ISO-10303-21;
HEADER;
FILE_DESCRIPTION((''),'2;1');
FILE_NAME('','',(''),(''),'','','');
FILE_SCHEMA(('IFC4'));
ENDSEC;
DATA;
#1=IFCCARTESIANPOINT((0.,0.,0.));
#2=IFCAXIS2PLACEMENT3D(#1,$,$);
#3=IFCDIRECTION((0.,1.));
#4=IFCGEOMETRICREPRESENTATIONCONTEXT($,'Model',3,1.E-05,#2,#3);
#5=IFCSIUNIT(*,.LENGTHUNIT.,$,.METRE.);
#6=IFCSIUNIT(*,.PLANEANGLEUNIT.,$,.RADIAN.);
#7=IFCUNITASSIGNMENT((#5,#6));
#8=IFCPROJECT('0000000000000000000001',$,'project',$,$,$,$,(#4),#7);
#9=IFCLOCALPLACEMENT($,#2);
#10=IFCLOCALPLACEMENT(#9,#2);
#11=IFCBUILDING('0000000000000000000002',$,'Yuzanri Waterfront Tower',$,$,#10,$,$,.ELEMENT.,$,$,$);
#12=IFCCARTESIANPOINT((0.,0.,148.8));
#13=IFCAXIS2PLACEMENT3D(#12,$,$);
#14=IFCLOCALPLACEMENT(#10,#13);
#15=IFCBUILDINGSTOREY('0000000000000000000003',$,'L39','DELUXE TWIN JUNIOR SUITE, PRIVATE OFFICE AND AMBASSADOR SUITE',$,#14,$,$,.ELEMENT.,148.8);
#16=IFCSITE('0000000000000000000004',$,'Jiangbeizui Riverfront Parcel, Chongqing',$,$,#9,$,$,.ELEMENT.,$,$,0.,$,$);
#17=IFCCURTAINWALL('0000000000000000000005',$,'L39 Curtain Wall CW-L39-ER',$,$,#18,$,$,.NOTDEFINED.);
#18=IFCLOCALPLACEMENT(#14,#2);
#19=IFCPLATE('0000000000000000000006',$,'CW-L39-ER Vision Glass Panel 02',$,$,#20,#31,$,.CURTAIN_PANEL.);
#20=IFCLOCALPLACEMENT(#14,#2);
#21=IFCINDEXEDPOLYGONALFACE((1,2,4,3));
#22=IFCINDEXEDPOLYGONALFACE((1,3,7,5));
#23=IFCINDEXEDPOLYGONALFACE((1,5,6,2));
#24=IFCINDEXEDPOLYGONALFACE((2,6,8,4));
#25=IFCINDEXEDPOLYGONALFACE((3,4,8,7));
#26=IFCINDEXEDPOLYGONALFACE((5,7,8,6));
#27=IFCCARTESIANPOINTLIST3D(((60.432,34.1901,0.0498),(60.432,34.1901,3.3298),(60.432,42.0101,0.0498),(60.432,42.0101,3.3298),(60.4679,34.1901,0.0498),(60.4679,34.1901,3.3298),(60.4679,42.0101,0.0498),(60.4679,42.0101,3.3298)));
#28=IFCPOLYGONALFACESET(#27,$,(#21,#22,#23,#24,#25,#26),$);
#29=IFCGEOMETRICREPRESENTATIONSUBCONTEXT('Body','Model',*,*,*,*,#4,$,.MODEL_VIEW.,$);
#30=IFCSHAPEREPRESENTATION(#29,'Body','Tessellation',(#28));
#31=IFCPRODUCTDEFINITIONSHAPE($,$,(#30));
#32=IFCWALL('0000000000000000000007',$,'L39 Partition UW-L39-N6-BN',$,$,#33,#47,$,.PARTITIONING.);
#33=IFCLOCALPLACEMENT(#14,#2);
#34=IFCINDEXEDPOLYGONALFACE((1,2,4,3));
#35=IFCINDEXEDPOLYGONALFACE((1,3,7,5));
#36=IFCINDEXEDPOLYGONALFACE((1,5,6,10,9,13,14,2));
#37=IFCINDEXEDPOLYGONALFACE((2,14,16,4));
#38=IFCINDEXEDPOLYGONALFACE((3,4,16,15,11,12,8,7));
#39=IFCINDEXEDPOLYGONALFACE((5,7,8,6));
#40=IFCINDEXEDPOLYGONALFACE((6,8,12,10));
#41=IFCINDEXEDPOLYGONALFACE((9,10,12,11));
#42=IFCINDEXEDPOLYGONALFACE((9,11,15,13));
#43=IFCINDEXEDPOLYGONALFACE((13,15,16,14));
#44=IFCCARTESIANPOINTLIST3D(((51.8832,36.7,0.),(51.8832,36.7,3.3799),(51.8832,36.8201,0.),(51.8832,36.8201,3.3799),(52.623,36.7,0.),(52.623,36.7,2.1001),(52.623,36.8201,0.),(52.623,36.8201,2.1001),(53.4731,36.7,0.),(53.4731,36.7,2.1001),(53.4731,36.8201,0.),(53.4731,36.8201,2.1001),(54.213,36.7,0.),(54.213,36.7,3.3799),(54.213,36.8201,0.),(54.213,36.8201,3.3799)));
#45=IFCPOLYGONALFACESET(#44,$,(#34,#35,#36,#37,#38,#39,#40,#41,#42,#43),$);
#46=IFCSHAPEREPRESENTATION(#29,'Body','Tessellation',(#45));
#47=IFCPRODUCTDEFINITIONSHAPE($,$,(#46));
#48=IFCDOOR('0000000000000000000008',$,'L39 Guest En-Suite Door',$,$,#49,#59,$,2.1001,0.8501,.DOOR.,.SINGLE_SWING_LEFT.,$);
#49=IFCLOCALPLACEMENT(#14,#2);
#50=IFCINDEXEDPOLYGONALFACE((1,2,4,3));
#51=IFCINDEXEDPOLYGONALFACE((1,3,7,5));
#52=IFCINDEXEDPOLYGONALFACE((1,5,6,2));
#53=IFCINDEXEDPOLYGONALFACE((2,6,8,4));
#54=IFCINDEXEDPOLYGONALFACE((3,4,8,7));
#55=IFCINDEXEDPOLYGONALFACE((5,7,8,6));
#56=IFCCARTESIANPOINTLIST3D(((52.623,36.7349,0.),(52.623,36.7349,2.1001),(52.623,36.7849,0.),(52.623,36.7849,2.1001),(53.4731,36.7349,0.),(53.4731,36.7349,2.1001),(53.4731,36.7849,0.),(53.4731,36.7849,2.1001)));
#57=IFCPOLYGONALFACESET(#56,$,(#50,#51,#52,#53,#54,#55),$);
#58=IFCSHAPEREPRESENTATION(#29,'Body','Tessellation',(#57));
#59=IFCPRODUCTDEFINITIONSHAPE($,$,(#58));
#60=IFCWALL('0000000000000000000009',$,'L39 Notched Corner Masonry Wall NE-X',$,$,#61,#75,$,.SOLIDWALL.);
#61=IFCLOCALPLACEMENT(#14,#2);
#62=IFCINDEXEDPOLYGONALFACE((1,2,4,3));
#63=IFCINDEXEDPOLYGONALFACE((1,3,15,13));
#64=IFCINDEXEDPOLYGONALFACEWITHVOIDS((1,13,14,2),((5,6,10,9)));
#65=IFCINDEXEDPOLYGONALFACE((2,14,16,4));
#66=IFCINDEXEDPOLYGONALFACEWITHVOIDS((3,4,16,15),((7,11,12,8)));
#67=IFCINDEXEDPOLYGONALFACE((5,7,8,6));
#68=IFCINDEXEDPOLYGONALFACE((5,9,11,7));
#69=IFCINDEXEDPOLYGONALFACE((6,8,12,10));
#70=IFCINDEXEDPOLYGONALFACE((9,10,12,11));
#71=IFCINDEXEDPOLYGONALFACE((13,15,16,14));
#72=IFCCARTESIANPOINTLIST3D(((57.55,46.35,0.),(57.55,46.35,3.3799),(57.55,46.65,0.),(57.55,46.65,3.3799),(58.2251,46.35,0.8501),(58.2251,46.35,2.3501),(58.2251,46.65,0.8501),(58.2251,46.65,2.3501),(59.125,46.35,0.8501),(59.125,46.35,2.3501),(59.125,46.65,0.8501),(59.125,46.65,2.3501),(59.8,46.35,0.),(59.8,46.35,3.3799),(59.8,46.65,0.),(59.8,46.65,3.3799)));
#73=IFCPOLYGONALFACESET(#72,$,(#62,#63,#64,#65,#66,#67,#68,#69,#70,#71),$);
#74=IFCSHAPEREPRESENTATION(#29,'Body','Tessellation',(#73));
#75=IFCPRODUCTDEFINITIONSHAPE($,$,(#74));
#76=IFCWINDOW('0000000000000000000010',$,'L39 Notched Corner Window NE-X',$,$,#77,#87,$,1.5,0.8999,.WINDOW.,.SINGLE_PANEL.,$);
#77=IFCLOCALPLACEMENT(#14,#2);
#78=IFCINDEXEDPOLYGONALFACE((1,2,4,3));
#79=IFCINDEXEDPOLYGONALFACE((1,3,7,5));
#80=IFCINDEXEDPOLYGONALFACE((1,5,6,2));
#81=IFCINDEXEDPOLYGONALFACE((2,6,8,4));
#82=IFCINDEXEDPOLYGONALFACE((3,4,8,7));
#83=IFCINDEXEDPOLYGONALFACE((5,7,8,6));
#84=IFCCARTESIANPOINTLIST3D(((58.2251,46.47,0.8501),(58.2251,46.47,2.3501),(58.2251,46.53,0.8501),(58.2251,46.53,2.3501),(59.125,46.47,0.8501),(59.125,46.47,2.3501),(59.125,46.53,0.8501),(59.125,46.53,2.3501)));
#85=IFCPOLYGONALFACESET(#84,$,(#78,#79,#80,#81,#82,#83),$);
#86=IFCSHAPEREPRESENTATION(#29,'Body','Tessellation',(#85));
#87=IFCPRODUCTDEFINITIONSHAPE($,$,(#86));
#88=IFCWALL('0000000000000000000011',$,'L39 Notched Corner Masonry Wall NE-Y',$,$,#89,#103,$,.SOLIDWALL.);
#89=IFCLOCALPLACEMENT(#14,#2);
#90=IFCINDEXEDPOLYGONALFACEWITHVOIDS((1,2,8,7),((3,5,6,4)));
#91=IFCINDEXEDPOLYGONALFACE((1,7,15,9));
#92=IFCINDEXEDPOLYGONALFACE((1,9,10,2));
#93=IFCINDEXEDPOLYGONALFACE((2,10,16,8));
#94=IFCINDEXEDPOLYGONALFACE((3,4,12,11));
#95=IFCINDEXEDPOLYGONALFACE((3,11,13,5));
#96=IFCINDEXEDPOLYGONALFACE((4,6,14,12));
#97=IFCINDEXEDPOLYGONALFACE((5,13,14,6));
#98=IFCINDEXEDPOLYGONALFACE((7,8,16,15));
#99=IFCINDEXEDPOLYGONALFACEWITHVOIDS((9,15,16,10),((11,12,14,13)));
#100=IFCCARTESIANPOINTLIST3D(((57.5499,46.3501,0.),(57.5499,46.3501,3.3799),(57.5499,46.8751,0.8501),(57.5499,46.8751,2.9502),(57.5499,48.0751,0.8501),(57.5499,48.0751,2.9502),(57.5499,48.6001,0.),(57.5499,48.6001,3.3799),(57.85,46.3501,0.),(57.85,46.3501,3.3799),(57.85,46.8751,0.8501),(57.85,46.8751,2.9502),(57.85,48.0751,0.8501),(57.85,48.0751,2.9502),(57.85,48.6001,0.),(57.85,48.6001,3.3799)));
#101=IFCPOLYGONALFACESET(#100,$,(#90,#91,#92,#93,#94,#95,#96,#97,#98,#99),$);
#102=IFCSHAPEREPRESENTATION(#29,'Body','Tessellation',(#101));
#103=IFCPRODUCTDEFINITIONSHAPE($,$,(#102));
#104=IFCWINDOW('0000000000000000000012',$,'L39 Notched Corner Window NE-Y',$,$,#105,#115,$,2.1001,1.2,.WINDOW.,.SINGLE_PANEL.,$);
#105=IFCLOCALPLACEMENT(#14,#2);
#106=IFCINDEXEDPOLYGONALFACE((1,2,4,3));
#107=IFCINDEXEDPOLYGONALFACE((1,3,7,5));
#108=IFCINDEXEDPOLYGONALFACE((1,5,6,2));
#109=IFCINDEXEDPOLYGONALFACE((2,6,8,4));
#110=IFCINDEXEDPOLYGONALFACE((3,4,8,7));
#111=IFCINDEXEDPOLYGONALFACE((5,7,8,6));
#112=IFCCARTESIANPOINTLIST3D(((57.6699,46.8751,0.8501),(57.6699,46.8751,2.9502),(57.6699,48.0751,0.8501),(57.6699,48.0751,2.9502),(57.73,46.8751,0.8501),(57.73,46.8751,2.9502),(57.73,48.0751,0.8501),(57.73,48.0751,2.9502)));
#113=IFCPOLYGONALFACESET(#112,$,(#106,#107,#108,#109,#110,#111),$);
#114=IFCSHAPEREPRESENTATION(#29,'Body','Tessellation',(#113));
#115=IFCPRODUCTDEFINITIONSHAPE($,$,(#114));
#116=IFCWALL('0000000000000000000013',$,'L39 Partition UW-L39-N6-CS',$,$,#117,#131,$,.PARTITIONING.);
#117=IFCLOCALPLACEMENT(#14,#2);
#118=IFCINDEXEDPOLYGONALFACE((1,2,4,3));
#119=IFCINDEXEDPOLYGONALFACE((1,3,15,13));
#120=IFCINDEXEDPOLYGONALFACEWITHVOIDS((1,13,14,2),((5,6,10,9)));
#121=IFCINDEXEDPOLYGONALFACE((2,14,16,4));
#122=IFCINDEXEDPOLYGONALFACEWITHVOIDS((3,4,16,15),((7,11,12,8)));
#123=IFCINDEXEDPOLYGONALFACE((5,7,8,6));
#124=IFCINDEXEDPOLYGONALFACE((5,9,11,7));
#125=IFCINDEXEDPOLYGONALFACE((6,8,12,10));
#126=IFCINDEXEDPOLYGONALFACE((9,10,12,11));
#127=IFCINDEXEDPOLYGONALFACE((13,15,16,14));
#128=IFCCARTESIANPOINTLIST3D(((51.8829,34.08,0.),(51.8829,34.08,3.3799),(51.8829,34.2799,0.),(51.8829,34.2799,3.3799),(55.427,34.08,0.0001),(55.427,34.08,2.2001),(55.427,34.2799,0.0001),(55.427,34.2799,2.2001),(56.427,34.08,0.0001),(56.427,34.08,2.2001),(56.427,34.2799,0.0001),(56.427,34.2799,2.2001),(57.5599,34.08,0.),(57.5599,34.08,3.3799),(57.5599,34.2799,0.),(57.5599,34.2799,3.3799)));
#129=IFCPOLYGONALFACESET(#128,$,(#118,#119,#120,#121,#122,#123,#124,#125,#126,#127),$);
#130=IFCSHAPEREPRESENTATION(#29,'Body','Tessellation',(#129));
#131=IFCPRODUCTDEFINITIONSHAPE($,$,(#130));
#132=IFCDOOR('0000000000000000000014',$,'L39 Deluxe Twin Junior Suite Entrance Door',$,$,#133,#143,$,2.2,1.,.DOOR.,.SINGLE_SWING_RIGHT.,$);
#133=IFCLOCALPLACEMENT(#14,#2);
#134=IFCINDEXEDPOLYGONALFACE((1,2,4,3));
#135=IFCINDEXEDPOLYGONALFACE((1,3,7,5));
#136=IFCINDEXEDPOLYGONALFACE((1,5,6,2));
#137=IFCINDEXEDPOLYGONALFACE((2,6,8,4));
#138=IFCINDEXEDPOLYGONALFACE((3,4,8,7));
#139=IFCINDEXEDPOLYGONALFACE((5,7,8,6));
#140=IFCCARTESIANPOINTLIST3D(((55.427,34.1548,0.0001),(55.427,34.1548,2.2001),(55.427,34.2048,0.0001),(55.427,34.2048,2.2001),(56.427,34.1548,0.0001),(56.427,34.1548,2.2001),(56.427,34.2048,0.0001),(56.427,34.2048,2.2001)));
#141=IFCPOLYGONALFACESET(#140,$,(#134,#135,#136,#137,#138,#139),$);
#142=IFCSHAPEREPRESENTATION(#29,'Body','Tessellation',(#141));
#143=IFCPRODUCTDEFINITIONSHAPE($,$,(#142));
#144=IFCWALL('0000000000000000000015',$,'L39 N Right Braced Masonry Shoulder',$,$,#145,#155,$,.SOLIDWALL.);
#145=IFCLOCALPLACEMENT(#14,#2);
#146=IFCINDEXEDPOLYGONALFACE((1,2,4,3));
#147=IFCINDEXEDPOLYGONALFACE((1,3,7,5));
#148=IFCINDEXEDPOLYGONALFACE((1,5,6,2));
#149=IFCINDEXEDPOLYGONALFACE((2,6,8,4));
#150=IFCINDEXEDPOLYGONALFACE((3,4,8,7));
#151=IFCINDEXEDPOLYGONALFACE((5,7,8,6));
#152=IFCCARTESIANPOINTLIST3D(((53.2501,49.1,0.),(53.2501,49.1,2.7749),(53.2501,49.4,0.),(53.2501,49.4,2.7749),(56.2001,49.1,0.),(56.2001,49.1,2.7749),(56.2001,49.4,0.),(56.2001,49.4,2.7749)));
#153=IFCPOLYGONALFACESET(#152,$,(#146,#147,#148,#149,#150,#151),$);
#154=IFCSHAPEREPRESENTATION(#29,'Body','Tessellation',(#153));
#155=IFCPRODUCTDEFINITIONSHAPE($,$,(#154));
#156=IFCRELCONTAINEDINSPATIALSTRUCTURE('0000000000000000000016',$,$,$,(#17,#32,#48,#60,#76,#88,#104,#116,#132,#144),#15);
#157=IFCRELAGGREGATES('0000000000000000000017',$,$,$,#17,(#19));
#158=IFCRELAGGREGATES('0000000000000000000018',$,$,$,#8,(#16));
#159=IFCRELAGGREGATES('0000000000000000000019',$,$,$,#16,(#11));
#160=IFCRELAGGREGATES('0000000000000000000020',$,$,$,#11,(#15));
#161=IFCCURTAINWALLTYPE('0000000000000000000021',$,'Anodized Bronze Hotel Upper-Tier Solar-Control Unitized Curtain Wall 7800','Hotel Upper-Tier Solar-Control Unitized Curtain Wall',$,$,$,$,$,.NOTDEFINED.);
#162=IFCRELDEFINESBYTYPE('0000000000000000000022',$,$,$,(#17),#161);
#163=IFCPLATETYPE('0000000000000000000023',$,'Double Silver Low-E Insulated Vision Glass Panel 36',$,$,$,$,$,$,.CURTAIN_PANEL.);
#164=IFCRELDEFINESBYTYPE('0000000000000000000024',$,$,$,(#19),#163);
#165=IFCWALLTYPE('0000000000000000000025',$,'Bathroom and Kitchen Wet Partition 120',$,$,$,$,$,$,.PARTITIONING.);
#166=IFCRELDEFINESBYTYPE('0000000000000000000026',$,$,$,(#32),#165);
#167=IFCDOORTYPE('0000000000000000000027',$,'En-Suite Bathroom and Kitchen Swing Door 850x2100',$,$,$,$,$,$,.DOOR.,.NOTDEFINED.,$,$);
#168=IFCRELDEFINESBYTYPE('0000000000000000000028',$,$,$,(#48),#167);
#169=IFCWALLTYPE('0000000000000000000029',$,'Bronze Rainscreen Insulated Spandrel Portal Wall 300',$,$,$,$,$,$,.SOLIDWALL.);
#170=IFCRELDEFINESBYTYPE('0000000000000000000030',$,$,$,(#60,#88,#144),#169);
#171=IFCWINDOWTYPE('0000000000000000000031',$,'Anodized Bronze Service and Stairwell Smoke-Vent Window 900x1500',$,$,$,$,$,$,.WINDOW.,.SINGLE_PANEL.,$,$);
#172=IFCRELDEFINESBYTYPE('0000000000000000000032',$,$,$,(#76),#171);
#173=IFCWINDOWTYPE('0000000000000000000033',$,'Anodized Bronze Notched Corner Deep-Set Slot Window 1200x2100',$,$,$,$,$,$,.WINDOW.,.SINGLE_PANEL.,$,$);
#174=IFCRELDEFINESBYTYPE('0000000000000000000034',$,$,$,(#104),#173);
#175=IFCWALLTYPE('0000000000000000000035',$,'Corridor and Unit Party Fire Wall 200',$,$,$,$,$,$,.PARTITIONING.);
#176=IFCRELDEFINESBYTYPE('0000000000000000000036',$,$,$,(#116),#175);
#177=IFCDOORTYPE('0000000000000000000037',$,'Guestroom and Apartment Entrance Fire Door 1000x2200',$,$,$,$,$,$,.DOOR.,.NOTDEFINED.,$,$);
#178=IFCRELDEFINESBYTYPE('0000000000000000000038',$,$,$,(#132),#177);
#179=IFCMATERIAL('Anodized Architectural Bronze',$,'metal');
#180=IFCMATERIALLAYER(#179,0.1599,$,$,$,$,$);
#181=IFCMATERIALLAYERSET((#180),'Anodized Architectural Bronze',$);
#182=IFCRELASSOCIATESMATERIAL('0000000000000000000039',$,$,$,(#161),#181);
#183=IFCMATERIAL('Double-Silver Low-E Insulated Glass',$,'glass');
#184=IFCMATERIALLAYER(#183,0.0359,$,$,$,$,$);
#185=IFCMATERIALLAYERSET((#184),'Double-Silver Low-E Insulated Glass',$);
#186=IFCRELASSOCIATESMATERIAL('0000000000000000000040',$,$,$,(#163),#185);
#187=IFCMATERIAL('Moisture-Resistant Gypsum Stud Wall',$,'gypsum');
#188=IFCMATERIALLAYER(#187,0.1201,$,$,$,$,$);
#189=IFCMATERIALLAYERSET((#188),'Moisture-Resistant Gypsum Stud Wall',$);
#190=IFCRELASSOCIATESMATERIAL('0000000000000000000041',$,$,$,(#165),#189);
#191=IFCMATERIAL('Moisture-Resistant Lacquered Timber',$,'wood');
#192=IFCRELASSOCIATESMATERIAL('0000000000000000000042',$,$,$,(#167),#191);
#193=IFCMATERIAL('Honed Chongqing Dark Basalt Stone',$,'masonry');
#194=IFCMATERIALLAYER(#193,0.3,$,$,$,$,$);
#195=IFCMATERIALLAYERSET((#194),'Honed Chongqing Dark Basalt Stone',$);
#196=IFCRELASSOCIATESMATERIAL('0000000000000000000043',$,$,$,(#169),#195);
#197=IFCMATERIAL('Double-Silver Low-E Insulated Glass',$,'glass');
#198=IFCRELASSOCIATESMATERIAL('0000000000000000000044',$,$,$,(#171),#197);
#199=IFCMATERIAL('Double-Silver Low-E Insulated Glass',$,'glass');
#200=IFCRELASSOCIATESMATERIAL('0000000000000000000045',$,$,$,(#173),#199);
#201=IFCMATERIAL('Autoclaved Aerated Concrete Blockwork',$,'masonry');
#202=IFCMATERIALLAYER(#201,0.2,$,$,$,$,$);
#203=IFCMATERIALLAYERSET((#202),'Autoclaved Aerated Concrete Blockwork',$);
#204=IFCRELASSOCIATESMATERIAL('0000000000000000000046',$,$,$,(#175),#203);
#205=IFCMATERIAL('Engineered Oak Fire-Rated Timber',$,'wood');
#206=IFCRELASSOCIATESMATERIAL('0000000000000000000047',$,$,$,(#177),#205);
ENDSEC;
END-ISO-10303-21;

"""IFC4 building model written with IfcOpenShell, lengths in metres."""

from ifc_helpers import new_model, si_unit, direction, frame, frame_2d, origin, origin_2d, place, context, subcontext, project, spatial, rectangle, extrude, source, transform, mapped, material, layer, layer_set, type_object, element, fill, aggregate, save


model = new_model("IFC4")

# Units and contexts
model_context = context("Model", 3, precision=1e-05, world=origin(), true_north=direction((0.0, 1.0)))
body_context = subcontext(model_context, "Body", "Model", "MODEL_VIEW")
ifc_project = project(units=[si_unit("LENGTHUNIT", "METRE"), si_unit("PLANEANGLEUNIT", "RADIAN")], contexts=[model_context])

# Site, building, storey
site_placement = place(None, origin())
site = spatial("IfcSite", under=ifc_project, at=site_placement, Name="Jiangbeizui Riverfront Parcel, Chongqing", CompositionType="ELEMENT", RefElevation=0.0)
building_placement = place(site_placement, origin())
building = spatial("IfcBuilding", under=site, at=building_placement, Name="Yuzanri Waterfront Tower", CompositionType="ELEMENT")
storey_placement = place(building_placement, frame((0.0, 0.0, 148.8)))
storey = spatial("IfcBuildingStorey", under=building, at=storey_placement, Name="L39", Description="DELUXE TWIN JUNIOR SUITE, PRIVATE OFFICE AND AMBASSADOR SUITE", CompositionType="ELEMENT", Elevation=148.8)

# Curtain wall
ifc_material_1 = material(Name="Anodized Architectural Bronze", Category="metal")
ifc_layer_1 = layer(ifc_material_1, 0.1599)
ifc_layer_set_1 = layer_set([ifc_layer_1], Name="Anodized Architectural Bronze")
curtain_wall_type = type_object("IfcCurtainWallType", Name="Anodized Bronze Hotel Upper-Tier Solar-Control Unitized Curtain Wall 7800", Description="Hotel Upper-Tier Solar-Control Unitized Curtain Wall", PredefinedType="NOTDEFINED", material=ifc_layer_set_1)
curtain_wall_1_placement = place(storey_placement, origin())
curtain_wall_1 = element("IfcCurtainWall", 1, at=curtain_wall_1_placement, inside=storey, type_object=curtain_wall_type, Name="L39 Curtain Wall CW-L39-ER", PredefinedType="NOTDEFINED")

# Plate
ifc_material_2 = material(Name="Double-Silver Low-E Insulated Glass", Category="glass")
ifc_layer_2 = layer(ifc_material_2, 0.0359)
ifc_layer_set_2 = layer_set([ifc_layer_2], Name="Double-Silver Low-E Insulated Glass")
plate_type_1 = type_object("IfcPlateType", Name="Double Silver Low-E Insulated Vision Glass Panel 36", PredefinedType="CURTAIN_PANEL", material=ifc_layer_set_2)
shared_shape_1 = source(origin(), body_context, "Body", "SweptSolid", [
    extrude(rectangle(XDim=7.8201, YDim=0.0359, at=origin_2d()), origin(), (0.0, 0.0, 1.0), 3.28),
])
plate_placement = place(storey_placement, frame((60.45, 38.1001, 0.0498), z_axis=(0.0, 0.0, 1.0), x_axis=(0.0, 1.0, 0.0)))
plate = element("IfcPlate", 2, at=plate_placement, type_object=plate_type_1, Name="CW-L39-ER Vision Glass Panel 02", PredefinedType="CURTAIN_PANEL", context=body_context, shape_type="MappedRepresentation", body=[
    mapped(shared_shape_1, transform((0.0, 0.0, 0.0), scale=1.0)),
])
aggregate(curtain_wall_1, [plate])

# Wall, opening, door
ifc_material_3 = material(Name="Moisture-Resistant Gypsum Stud Wall", Category="gypsum")
ifc_layer_3 = layer(ifc_material_3, 0.1201)
ifc_layer_set_3 = layer_set([ifc_layer_3], Name="Moisture-Resistant Gypsum Stud Wall")
wall_type_1 = type_object("IfcWallType", Name="Bathroom and Kitchen Wet Partition 120", PredefinedType="PARTITIONING", material=ifc_layer_set_3)
wall_1_placement = place(storey_placement, frame((51.8831, 36.76, 0.0), z_axis=(0.0, 0.0, 1.0), x_axis=(1.0, 0.0, 0.0)))
wall_1 = element("IfcWall", 3, at=wall_1_placement, inside=storey, type_object=wall_type_1, Name="L39 Partition UW-L39-N6-BN", PredefinedType="PARTITIONING", context=body_context, shape_type="SweptSolid", body=[
    extrude(rectangle(XDim=2.3298, YDim=0.1201, at=frame_2d((1.165, 0.0))), origin(), (0.0, 0.0, 1.0), 3.3799),
])
opening_1_placement = place(wall_1_placement, frame((0.74, 0.0, 0.0)))
opening_1 = element("IfcOpeningElement", 4, at=opening_1_placement, cuts=wall_1, PredefinedType="OPENING", context=body_context, shape_type="SweptSolid", body=[
    extrude(rectangle(XDim=0.8501, YDim=2.1001, at=frame_2d((0.425, 1.05))), frame((0.0, 0.075, 0.0), z_axis=(0.0, -1.0, 0.0), x_axis=(1.0, 0.0, 0.0)), (0.0, 0.0, 1.0), 0.1499),
])
ifc_material_4 = material(Name="Moisture-Resistant Lacquered Timber", Category="wood")
door_type_1 = type_object("IfcDoorType", Name="En-Suite Bathroom and Kitchen Swing Door 850x2100", OperationType="NOTDEFINED", PredefinedType="DOOR", material=ifc_material_4)
shared_shape_2 = source(origin(), body_context, "Body", "SweptSolid", [
    extrude(rectangle(XDim=0.8501, YDim=2.1001, at=frame_2d((0.425, 1.05))), frame((0.0, 0.0249, 0.0), z_axis=(0.0, -1.0, 0.0), x_axis=(1.0, 0.0, 0.0)), (0.0, 0.0, 1.0), 0.05),
])
door_1_placement = place(opening_1_placement, origin())
door_1 = element("IfcDoor", 5, at=door_1_placement, inside=storey, type_object=door_type_1, Name="L39 Guest En-Suite Door", OperationType="SINGLE_SWING_LEFT", OverallHeight=2.1001, OverallWidth=0.8501, PredefinedType="DOOR", context=body_context, shape_type="MappedRepresentation", body=[
    mapped(shared_shape_2, transform((0.0, 0.0, 0.0), scale=1.0)),
])
fill(opening_1, door_1)

# Walls, openings, windows
ifc_material_5 = material(Name="Honed Chongqing Dark Basalt Stone", Category="masonry")
ifc_layer_4 = layer(ifc_material_5, 0.3)
ifc_layer_set_4 = layer_set([ifc_layer_4], Name="Honed Chongqing Dark Basalt Stone")
wall_type_2 = type_object("IfcWallType", Name="Bronze Rainscreen Insulated Spandrel Portal Wall 300", PredefinedType="SOLIDWALL", material=ifc_layer_set_4)
wall_2_placement = place(storey_placement, frame((59.8, 46.5, 0.0), z_axis=(0.0, 0.0, 1.0), x_axis=(-1.0, 0.0, 0.0)))
wall_2 = element("IfcWall", 6, at=wall_2_placement, inside=storey, type_object=wall_type_2, Name="L39 Notched Corner Masonry Wall NE-X", PredefinedType="SOLIDWALL", context=body_context, shape_type="SweptSolid", body=[
    extrude(rectangle(XDim=2.25, YDim=0.3, at=frame_2d((1.125, 0.0))), origin(), (0.0, 0.0, 1.0), 3.3799),
])
opening_2_placement = place(wall_2_placement, frame((0.675, 0.0, 0.8501)))
opening_2 = element("IfcOpeningElement", 7, at=opening_2_placement, cuts=wall_2, PredefinedType="OPENING", context=body_context, shape_type="SweptSolid", body=[
    extrude(rectangle(XDim=0.8999, YDim=1.5, at=frame_2d((0.45, 0.75))), frame((0.0, 0.165, 0.0), z_axis=(0.0, -1.0, 0.0), x_axis=(1.0, 0.0, 0.0)), (0.0, 0.0, 1.0), 0.3298),
])
ifc_material_6 = material(Name="Double-Silver Low-E Insulated Glass", Category="glass")
window_type_1 = type_object("IfcWindowType", Name="Anodized Bronze Service and Stairwell Smoke-Vent Window 900x1500", PartitioningType="SINGLE_PANEL", PredefinedType="WINDOW", material=ifc_material_6)
shared_shape_3 = source(origin(), body_context, "Body", "SweptSolid", [
    extrude(rectangle(XDim=0.8999, YDim=1.5, at=frame_2d((0.45, 0.75))), frame((0.0, 0.03, 0.0), z_axis=(0.0, -1.0, 0.0), x_axis=(1.0, 0.0, 0.0)), (0.0, 0.0, 1.0), 0.0601),
])
window_1_placement = place(opening_2_placement, origin())
window_1 = element("IfcWindow", 8, at=window_1_placement, inside=storey, type_object=window_type_1, Name="L39 Notched Corner Window NE-X", OverallHeight=1.5, OverallWidth=0.8999, PartitioningType="SINGLE_PANEL", PredefinedType="WINDOW", context=body_context, shape_type="MappedRepresentation", body=[
    mapped(shared_shape_3, transform((0.0, 0.0, 0.0), scale=1.0)),
])
fill(opening_2, window_1)
wall_3_placement = place(storey_placement, frame((57.7, 46.3501, 0.0), z_axis=(0.0, 0.0, 1.0), x_axis=(0.0, 1.0, 0.0)))
wall_3 = element("IfcWall", 9, at=wall_3_placement, inside=storey, type_object=wall_type_2, Name="L39 Notched Corner Masonry Wall NE-Y", PredefinedType="SOLIDWALL", context=body_context, shape_type="SweptSolid", body=[
    extrude(rectangle(XDim=2.25, YDim=0.3, at=frame_2d((1.125, 0.0))), origin(), (0.0, 0.0, 1.0), 3.3799),
])
opening_3_placement = place(wall_3_placement, frame((0.5249, 0.0, 0.8501)))
opening_3 = element("IfcOpeningElement", 10, at=opening_3_placement, cuts=wall_3, PredefinedType="OPENING", context=body_context, shape_type="SweptSolid", body=[
    extrude(rectangle(XDim=1.2, YDim=2.1001, at=frame_2d((0.6001, 1.05))), frame((0.0, 0.165, 0.0), z_axis=(0.0, -1.0, 0.0), x_axis=(1.0, 0.0, 0.0)), (0.0, 0.0, 1.0), 0.3298),
])
ifc_material_7 = material(Name="Double-Silver Low-E Insulated Glass", Category="glass")
window_type_2 = type_object("IfcWindowType", Name="Anodized Bronze Notched Corner Deep-Set Slot Window 1200x2100", PartitioningType="SINGLE_PANEL", PredefinedType="WINDOW", material=ifc_material_7)
shared_shape_4 = source(origin(), body_context, "Body", "SweptSolid", [
    extrude(rectangle(XDim=1.2, YDim=2.1001, at=frame_2d((0.6001, 1.05))), frame((0.0, 0.03, 0.0), z_axis=(0.0, -1.0, 0.0), x_axis=(1.0, 0.0, 0.0)), (0.0, 0.0, 1.0), 0.0601),
])
window_2_placement = place(opening_3_placement, origin())
window_2 = element("IfcWindow", 11, at=window_2_placement, inside=storey, type_object=window_type_2, Name="L39 Notched Corner Window NE-Y", OverallHeight=2.1001, OverallWidth=1.2, PartitioningType="SINGLE_PANEL", PredefinedType="WINDOW", context=body_context, shape_type="MappedRepresentation", body=[
    mapped(shared_shape_4, transform((0.0, 0.0, 0.0), scale=1.0)),
])
fill(opening_3, window_2)

# Wall, opening, door
ifc_material_8 = material(Name="Autoclaved Aerated Concrete Blockwork", Category="masonry")
ifc_layer_5 = layer(ifc_material_8, 0.2)
ifc_layer_set_5 = layer_set([ifc_layer_5], Name="Autoclaved Aerated Concrete Blockwork")
wall_type_3 = type_object("IfcWallType", Name="Corridor and Unit Party Fire Wall 200", PredefinedType="PARTITIONING", material=ifc_layer_set_5)
wall_4_placement = place(storey_placement, frame((51.8831, 34.1799, 0.0), z_axis=(0.0, 0.0, 1.0), x_axis=(1.0, 0.0, 0.0)))
wall_4 = element("IfcWall", 12, at=wall_4_placement, inside=storey, type_object=wall_type_3, Name="L39 Partition UW-L39-N6-CS", PredefinedType="PARTITIONING", context=body_context, shape_type="SweptSolid", body=[
    extrude(rectangle(XDim=5.677, YDim=0.2, at=frame_2d((2.8384, 0.0))), origin(), (0.0, 0.0, 1.0), 3.3799),
])
opening_4_placement = place(wall_4_placement, frame((3.5439, 0.0, 0.0)))
opening_4 = element("IfcOpeningElement", 13, at=opening_4_placement, cuts=wall_4, PredefinedType="OPENING", context=body_context, shape_type="SweptSolid", body=[
    extrude(rectangle(XDim=1.0, YDim=2.2, at=frame_2d((0.5, 1.1001))), frame((0.0, 0.1147, 0.0), z_axis=(0.0, -1.0, 0.0), x_axis=(1.0, 0.0, 0.0)), (0.0, 0.0, 1.0), 0.2297),
])
ifc_material_9 = material(Name="Engineered Oak Fire-Rated Timber", Category="wood")
door_type_2 = type_object("IfcDoorType", Name="Guestroom and Apartment Entrance Fire Door 1000x2200", OperationType="NOTDEFINED", PredefinedType="DOOR", material=ifc_material_9)
shared_shape_5 = source(origin(), body_context, "Body", "SweptSolid", [
    extrude(rectangle(XDim=1.0, YDim=2.2, at=frame_2d((0.5, 1.1001))), frame((0.0, 0.0249, 0.0), z_axis=(0.0, -1.0, 0.0), x_axis=(1.0, 0.0, 0.0)), (0.0, 0.0, 1.0), 0.05),
])
door_2_placement = place(opening_4_placement, origin())
door_2 = element("IfcDoor", 14, at=door_2_placement, inside=storey, type_object=door_type_2, Name="L39 Deluxe Twin Junior Suite Entrance Door", OperationType="SINGLE_SWING_RIGHT", OverallHeight=2.2, OverallWidth=1.0, PredefinedType="DOOR", context=body_context, shape_type="MappedRepresentation", body=[
    mapped(shared_shape_5, transform((0.0, 0.0, 0.0), scale=1.0)),
])
fill(opening_4, door_2)

# Wall
shared_shape_6 = source(origin(), body_context, "Body", "SweptSolid", [
    extrude(rectangle(XDim=2.95, YDim=0.3, at=frame_2d((1.4751, 0.0))), origin(), (0.0, 0.0, 1.0), 2.7749),
])
for number, where, z_axis, x_axis, name in (
    (15, (53.25, 49.25, 0.0), (0.0, 0.0, 1.0), (1.0, 0.0, 0.0), "L39 N Right Braced Masonry Shoulder"),
):
    element("IfcWall", number, at=place(storey_placement, frame(where, z_axis=z_axis, x_axis=x_axis)), inside=storey, type_object=wall_type_2, Name=name, PredefinedType="SOLIDWALL", context=body_context, shape_type="MappedRepresentation", body=[
        mapped(shared_shape_6, transform((0.0, 0.0, 0.0), scale=1.0)),
    ])

save(model, "model.ifc")
